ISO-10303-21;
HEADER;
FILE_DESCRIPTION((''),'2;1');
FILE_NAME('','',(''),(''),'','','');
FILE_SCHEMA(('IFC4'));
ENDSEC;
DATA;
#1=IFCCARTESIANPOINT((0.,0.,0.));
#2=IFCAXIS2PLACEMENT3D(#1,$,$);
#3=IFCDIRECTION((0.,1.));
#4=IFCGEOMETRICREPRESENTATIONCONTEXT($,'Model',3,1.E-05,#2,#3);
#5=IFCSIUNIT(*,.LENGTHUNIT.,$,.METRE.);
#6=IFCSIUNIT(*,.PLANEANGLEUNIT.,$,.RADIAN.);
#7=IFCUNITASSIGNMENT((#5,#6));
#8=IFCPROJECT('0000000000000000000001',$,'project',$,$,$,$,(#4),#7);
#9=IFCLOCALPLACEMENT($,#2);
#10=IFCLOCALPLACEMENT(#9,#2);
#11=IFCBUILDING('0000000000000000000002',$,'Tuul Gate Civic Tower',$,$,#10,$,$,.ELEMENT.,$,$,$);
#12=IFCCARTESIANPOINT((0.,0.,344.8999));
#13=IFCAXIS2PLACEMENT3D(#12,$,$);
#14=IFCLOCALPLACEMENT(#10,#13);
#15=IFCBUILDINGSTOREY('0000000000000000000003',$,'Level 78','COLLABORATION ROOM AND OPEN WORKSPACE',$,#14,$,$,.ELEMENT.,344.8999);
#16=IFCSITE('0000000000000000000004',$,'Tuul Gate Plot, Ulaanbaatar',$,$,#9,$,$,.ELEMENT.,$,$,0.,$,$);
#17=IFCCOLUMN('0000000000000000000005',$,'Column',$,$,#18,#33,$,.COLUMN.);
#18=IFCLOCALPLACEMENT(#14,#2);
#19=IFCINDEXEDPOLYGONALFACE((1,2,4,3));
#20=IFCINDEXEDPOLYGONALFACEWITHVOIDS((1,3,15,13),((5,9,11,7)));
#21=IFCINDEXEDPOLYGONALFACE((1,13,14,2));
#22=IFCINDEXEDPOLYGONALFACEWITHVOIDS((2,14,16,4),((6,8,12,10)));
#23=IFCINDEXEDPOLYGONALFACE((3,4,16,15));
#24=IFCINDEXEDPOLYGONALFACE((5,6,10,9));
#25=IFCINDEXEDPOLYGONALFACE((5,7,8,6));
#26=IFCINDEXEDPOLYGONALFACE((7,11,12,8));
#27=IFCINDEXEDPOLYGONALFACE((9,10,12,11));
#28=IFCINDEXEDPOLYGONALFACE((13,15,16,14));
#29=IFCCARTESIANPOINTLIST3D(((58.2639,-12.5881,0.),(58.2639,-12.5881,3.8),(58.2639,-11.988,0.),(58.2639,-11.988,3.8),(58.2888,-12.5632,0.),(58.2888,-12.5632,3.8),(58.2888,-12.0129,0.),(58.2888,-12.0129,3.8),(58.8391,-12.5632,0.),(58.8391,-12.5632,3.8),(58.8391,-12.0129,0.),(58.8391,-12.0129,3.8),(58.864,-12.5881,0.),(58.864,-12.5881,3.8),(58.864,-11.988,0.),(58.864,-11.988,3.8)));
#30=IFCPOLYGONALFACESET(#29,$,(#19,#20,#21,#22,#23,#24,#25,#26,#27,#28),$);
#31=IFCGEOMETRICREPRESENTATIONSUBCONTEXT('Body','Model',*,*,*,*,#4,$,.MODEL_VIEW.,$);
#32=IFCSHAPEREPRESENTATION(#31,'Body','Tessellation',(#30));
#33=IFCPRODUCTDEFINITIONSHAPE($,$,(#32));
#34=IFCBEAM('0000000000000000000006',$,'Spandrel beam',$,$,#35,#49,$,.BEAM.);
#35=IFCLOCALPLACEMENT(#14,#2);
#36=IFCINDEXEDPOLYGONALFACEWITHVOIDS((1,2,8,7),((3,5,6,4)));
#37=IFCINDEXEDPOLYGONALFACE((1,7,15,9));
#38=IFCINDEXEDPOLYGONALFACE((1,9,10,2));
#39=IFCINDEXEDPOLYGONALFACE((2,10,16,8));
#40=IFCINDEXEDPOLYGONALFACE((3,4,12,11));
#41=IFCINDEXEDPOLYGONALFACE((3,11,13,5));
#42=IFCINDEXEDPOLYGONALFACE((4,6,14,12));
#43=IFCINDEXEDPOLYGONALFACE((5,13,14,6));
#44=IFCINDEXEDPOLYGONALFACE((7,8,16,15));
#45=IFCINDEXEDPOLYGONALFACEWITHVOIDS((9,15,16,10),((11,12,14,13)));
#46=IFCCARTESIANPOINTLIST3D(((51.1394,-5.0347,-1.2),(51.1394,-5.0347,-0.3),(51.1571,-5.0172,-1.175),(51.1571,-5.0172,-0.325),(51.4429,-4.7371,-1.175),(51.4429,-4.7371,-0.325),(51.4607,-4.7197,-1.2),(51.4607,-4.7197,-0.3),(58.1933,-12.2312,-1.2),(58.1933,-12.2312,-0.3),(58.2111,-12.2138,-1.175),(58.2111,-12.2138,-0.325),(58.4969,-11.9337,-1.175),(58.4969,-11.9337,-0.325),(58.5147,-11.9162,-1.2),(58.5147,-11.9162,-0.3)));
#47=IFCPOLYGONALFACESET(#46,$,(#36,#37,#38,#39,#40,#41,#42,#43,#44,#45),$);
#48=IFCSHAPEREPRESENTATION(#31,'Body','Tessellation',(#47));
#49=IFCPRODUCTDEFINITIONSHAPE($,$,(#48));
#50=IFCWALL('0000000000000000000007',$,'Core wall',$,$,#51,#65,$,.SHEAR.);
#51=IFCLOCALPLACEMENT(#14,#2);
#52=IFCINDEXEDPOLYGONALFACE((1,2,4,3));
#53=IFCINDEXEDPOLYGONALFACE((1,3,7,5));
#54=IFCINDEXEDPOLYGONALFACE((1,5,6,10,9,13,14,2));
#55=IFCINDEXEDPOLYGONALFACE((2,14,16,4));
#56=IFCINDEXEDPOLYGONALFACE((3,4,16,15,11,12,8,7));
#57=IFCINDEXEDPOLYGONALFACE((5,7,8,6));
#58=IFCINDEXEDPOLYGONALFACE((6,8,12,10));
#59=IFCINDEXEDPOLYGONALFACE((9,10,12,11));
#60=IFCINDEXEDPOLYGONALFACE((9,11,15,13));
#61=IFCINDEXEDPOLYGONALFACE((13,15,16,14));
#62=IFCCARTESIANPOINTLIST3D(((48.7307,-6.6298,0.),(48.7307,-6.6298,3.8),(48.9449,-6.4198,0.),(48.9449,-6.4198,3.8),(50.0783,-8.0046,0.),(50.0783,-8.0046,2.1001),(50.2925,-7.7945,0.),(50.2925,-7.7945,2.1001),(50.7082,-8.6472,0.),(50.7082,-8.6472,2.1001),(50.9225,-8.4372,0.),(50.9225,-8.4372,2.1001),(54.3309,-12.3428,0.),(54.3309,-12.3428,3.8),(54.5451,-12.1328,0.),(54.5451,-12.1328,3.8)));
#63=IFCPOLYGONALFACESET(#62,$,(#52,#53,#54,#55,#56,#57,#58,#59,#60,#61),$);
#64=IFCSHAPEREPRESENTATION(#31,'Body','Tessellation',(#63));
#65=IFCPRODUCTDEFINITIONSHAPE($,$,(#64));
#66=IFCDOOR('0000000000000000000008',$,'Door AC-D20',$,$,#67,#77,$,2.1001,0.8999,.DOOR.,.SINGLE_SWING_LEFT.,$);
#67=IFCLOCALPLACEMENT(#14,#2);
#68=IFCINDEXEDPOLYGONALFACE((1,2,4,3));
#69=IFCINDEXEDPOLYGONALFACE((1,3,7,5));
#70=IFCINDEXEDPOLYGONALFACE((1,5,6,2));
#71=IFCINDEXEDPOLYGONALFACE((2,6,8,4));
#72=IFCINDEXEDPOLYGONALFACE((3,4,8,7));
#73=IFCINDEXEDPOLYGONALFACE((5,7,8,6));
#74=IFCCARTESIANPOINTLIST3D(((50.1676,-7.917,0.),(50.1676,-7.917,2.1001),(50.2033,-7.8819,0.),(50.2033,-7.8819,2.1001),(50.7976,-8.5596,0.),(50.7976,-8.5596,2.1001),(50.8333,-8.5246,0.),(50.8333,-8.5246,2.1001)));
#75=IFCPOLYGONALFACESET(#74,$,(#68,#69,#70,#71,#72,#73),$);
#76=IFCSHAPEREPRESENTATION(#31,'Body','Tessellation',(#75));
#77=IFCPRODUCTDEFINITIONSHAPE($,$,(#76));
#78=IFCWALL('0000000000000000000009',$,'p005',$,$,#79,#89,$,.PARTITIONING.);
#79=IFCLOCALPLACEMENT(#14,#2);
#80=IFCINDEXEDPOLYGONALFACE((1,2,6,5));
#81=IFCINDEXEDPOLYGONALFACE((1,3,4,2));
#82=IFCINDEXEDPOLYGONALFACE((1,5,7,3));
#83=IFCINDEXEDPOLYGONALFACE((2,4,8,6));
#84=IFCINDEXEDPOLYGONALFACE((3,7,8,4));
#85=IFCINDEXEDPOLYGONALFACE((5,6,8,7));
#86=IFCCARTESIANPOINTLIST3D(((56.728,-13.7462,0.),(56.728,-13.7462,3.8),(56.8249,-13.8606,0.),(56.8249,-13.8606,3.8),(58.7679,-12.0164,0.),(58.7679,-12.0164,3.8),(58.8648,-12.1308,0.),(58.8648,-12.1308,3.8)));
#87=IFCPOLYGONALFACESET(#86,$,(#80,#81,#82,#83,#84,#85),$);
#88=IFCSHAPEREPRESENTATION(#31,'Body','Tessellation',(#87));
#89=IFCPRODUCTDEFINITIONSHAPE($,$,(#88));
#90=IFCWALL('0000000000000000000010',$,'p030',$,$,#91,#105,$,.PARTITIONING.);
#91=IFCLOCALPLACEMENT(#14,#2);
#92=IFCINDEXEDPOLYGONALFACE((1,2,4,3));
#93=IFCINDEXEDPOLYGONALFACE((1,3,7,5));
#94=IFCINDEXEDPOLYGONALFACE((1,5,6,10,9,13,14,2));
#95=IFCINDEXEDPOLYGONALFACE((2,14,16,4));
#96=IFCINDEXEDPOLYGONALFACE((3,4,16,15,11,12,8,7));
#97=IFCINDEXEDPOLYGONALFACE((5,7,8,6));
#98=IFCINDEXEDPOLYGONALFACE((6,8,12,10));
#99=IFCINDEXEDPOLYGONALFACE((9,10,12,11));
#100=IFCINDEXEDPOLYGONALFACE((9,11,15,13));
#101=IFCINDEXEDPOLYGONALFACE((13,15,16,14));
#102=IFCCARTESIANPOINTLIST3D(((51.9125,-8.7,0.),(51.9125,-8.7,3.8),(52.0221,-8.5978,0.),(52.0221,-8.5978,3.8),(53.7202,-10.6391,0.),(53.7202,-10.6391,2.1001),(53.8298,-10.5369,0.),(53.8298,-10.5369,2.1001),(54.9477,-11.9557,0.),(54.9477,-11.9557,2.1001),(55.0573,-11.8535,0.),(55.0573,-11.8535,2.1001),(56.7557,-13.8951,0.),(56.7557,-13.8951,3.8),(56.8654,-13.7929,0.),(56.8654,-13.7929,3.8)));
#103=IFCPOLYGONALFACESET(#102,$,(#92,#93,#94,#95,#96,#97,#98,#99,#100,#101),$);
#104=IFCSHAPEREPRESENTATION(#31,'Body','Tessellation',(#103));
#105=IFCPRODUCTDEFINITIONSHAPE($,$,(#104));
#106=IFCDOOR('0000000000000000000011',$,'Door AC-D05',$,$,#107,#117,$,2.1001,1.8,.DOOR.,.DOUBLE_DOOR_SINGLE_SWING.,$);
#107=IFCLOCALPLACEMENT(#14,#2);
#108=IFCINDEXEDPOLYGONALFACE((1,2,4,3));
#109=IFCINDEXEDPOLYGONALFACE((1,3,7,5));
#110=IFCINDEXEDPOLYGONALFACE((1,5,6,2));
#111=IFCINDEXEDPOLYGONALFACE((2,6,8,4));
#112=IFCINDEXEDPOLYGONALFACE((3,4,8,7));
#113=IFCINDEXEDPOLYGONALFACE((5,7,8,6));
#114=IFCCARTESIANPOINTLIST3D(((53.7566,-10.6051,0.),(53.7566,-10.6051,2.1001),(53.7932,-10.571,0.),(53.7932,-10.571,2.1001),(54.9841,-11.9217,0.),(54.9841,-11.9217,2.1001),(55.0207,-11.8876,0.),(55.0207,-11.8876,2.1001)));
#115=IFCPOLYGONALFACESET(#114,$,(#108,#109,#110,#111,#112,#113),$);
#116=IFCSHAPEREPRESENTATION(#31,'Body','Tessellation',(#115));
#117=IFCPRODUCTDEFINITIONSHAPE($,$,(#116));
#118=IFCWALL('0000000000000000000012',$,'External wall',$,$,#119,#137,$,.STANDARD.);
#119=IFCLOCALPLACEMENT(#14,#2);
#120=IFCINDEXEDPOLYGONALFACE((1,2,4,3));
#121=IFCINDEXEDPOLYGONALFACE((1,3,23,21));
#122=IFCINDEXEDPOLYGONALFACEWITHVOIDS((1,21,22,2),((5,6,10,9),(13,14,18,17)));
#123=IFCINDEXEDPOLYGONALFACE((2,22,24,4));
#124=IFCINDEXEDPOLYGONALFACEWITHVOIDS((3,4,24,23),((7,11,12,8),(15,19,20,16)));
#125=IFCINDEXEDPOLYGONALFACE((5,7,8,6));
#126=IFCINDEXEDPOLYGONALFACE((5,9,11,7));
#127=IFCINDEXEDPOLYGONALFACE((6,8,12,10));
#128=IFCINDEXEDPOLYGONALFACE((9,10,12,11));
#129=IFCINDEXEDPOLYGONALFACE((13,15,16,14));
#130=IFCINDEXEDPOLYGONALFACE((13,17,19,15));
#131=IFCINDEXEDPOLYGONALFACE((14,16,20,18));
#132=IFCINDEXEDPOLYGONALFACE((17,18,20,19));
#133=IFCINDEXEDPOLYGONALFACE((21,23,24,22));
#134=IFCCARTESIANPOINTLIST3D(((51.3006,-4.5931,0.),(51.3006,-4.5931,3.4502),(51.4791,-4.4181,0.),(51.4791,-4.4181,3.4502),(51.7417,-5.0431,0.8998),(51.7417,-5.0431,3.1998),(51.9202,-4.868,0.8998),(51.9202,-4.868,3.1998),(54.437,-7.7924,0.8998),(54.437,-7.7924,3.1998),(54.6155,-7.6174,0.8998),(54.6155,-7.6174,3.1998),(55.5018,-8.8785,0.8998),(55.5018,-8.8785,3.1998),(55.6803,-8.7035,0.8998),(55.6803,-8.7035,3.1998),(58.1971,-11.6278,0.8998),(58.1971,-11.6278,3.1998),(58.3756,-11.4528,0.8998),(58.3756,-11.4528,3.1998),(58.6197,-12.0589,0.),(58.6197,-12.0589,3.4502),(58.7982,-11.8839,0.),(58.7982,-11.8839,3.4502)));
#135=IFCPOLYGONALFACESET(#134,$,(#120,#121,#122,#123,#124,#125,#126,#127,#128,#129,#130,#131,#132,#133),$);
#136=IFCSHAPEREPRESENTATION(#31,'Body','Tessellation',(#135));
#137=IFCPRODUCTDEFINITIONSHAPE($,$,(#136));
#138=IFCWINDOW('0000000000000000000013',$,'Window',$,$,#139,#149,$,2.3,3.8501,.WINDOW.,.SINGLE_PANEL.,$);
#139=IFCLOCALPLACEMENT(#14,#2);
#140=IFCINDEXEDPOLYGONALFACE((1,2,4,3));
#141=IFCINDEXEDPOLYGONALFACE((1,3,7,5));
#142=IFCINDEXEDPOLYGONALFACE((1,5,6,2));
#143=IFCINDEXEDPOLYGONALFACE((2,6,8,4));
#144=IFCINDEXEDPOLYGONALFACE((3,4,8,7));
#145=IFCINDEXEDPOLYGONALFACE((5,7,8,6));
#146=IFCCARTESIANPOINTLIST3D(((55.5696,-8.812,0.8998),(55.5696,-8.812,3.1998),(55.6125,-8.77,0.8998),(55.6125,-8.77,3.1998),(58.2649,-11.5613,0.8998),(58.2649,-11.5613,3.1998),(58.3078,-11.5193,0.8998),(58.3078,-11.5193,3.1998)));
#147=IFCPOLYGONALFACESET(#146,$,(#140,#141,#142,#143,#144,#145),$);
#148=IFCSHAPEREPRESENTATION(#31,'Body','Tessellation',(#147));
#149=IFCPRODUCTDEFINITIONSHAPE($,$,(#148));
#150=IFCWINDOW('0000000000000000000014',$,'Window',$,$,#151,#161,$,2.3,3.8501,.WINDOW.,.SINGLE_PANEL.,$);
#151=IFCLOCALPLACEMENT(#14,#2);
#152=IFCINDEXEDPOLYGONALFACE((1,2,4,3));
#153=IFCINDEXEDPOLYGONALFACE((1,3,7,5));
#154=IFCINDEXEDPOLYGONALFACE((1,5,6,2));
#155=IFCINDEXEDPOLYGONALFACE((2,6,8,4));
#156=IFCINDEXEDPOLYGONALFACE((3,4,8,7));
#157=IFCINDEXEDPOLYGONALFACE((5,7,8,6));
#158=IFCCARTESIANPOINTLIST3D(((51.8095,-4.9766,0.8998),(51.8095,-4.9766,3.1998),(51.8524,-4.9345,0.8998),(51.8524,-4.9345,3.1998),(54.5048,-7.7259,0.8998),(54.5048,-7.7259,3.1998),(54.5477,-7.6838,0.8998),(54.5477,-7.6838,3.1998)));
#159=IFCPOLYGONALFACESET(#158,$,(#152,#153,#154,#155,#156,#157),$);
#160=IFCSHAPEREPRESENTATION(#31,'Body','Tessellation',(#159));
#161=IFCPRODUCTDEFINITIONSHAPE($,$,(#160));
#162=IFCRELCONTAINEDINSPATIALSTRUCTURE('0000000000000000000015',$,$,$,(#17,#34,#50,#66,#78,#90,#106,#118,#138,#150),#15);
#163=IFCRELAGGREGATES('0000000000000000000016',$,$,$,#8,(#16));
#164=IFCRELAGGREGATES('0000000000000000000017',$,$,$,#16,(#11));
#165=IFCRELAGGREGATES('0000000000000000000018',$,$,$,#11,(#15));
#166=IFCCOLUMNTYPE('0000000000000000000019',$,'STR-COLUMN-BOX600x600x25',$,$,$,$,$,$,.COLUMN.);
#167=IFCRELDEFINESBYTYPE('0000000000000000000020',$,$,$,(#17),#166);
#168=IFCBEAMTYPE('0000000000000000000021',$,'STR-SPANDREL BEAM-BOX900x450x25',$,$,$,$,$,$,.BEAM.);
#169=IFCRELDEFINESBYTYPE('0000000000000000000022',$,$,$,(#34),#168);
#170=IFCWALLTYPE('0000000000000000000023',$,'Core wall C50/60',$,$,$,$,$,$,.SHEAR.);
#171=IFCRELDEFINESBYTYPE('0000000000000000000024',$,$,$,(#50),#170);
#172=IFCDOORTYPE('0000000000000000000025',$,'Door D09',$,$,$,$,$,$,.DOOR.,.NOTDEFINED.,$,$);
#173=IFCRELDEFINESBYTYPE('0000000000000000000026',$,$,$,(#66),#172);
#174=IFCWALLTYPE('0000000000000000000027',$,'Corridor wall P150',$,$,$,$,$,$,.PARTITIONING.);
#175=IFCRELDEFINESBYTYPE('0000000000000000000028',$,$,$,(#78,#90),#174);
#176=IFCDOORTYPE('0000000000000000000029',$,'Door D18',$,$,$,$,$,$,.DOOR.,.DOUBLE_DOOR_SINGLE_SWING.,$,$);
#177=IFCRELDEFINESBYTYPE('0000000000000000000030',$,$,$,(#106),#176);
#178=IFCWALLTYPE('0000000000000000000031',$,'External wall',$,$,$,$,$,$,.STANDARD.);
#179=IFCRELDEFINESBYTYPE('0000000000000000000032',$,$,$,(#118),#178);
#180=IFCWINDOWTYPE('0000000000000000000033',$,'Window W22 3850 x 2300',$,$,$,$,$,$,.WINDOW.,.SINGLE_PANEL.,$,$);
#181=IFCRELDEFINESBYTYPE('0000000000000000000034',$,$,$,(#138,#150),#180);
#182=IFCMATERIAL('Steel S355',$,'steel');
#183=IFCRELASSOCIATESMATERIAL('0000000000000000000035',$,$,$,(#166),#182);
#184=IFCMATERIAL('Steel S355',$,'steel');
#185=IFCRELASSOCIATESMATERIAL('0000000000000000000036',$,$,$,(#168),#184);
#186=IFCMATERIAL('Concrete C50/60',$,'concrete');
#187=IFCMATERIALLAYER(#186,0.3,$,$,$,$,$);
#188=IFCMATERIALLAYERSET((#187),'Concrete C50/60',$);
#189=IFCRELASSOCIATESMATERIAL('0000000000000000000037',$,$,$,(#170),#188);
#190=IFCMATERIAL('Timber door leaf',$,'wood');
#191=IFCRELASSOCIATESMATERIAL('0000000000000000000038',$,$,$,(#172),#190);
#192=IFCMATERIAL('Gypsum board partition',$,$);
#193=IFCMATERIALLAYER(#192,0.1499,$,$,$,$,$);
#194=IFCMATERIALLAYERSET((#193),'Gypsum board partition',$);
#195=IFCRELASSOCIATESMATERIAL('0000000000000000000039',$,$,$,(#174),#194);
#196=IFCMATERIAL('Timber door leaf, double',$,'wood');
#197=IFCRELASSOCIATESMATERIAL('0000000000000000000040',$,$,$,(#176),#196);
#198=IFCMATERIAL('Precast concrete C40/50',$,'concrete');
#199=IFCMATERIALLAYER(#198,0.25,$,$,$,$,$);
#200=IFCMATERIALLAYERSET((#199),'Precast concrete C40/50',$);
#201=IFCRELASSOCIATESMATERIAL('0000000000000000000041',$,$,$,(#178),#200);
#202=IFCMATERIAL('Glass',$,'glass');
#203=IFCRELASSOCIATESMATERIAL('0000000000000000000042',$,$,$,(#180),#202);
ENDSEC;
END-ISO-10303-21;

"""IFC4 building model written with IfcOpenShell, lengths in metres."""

from ifc_helpers import new_model, si_unit, direction, frame, frame_2d, origin, origin_2d, place, context, subcontext, project, spatial, rectangle, hollow_rectangle, extrude, material, layer, layer_set, material_profile, profile_set, type_object, element, fill, save


model = new_model("IFC4")

# Units and contexts
model_context = context("Model", 3, precision=1e-05, world=origin(), true_north=direction((0.0, 1.0)))
body_context = subcontext(model_context, "Body", "Model", "MODEL_VIEW")
ifc_project = project(units=[si_unit("LENGTHUNIT", "METRE"), si_unit("PLANEANGLEUNIT", "RADIAN")], contexts=[model_context])

# Site, building, storey
site_placement = place(None, origin())
site = spatial("IfcSite", under=ifc_project, at=site_placement, Name="Tuul Gate Plot, Ulaanbaatar", CompositionType="ELEMENT", RefElevation=0.0)
building_placement = place(site_placement, origin())
building = spatial("IfcBuilding", under=site, at=building_placement, Name="Tuul Gate Civic Tower", CompositionType="ELEMENT")
storey_placement = place(building_placement, frame((0.0, 0.0, 344.8999)))
storey = spatial("IfcBuildingStorey", under=building, at=storey_placement, Name="Level 78", Description="COLLABORATION ROOM AND OPEN WORKSPACE", CompositionType="ELEMENT", Elevation=344.8999)

# Column
ifc_material_1 = material(Name="Steel S355", Category="steel")
ifc_material_profile_1 = material_profile(ifc_material_1, hollow_rectangle(XDim=0.6001, YDim=0.6001, WallThickness=0.0249, at=origin_2d()), Name="BOX600x600x25")
ifc_profile_set_1 = profile_set([ifc_material_profile_1], Name="Steel S355")
column_type = type_object("IfcColumnType", Name="STR-COLUMN-BOX600x600x25", PredefinedType="COLUMN", material=ifc_profile_set_1)
column_placement = place(storey_placement, frame((58.564, -12.2881, 0.0), z_axis=(0.0, 0.0, 1.0), x_axis=(1.0, 0.0, 0.0)))
element("IfcColumn", 1, at=column_placement, inside=storey, type_object=column_type, Name="Column", PredefinedType="COLUMN", context=body_context, shape_type="SweptSolid", body=[
    extrude(hollow_rectangle(XDim=0.6001, YDim=0.6001, WallThickness=0.0249, at=origin_2d()), origin(), (0.0, 0.0, 1.0), 3.8),
])

# Beam
ifc_material_2 = material(Name="Steel S355", Category="steel")
ifc_material_profile_2 = material_profile(ifc_material_2, hollow_rectangle(XDim=0.45, YDim=0.8999, WallThickness=0.0249, at=origin_2d()), Name="BOX900x450x25")
ifc_profile_set_2 = profile_set([ifc_material_profile_2], Name="Steel S355")
beam_type = type_object("IfcBeamType", Name="STR-SPANDREL BEAM-BOX900x450x25", PredefinedType="BEAM", material=ifc_profile_set_2)
beam_placement = place(storey_placement, frame((58.354, -12.0737, -0.75), z_axis=(-0.699997, 0.714146, 0.0), x_axis=(-0.714146, -0.699997, 0.0)))
element("IfcBeam", 2, at=beam_placement, inside=storey, type_object=beam_type, Name="Spandrel beam", PredefinedType="BEAM", context=body_context, shape_type="SweptSolid", body=[
    extrude(hollow_rectangle(XDim=0.45, YDim=0.8999, WallThickness=0.0249, at=origin_2d()), origin(), (0.0, 0.0, 1.0), 10.0771),
])

# Wall, opening, door
ifc_material_3 = material(Name="Concrete C50/60", Category="concrete")
ifc_layer_1 = layer(ifc_material_3, 0.3)
ifc_layer_set_1 = layer_set([ifc_layer_1], Name="Concrete C50/60")
wall_type_1 = type_object("IfcWallType", Name="Core wall C50/60", PredefinedType="SHEAR", material=ifc_layer_set_1)
wall_1_placement = place(storey_placement, frame((54.438, -12.2378, 0.0), z_axis=(0.0, 0.0, 1.0), x_axis=(-0.700022, 0.714121, 0.0)))
wall_1 = element("IfcWall", 3, at=wall_1_placement, inside=storey, type_object=wall_type_1, Name="Core wall", PredefinedType="SHEAR", context=body_context, shape_type="SweptSolid", body=[
    extrude(rectangle(XDim=8.0, YDim=0.3, at=frame_2d((4.0, 0.0))), origin(), (0.0, 0.0, 1.0), 3.8),
])
opening_1_placement = place(wall_1_placement, frame((5.175, 0.0, 0.0)))
opening_1 = element("IfcOpeningElement", 4, at=opening_1_placement, cuts=wall_1, PredefinedType="OPENING", context=body_context, shape_type="SweptSolid", body=[
    extrude(rectangle(XDim=0.8999, YDim=2.1001, at=frame_2d((0.45, 1.05))), frame((0.0, 0.1602, 0.0), z_axis=(0.0, -1.0, 0.0), x_axis=(1.0, 0.0, 0.0)), (0.0, 0.0, 1.0), 0.3201),
])
ifc_material_4 = material(Name="Timber door leaf", Category="wood")
door_type_1 = type_object("IfcDoorType", Name="Door D09", OperationType="NOTDEFINED", PredefinedType="DOOR", material=ifc_material_4)
door_1_placement = place(opening_1_placement, origin())
door_1 = element("IfcDoor", 5, at=door_1_placement, inside=storey, type_object=door_type_1, Name="Door AC-D20", OperationType="SINGLE_SWING_LEFT", OverallHeight=2.1001, OverallWidth=0.8999, PredefinedType="DOOR", context=body_context, shape_type="SweptSolid", body=[
    extrude(rectangle(XDim=0.8999, YDim=2.1001, at=frame_2d((0.45, 1.05))), frame((0.0, 0.0249, 0.0), z_axis=(0.0, -1.0, 0.0), x_axis=(1.0, 0.0, 0.0)), (0.0, 0.0, 1.0), 0.05),
])
fill(opening_1, door_1)

# Wall
ifc_material_5 = material(Name="Gypsum board partition")
ifc_layer_2 = layer(ifc_material_5, 0.1499)
ifc_layer_set_2 = layer_set([ifc_layer_2], Name="Gypsum board partition")
wall_type_2 = type_object("IfcWallType", Name="Corridor wall P150", PredefinedType="PARTITIONING", material=ifc_layer_set_2)
wall_2_placement = place(storey_placement, frame((56.7764, -13.8035, 0.0), z_axis=(0.0, 0.0, 1.0), x_axis=(0.762693, 0.64676, 0.0)))
element("IfcWall", 6, at=wall_2_placement, inside=storey, type_object=wall_type_2, Name="p005", PredefinedType="PARTITIONING", context=body_context, shape_type="SweptSolid", body=[
    extrude(rectangle(XDim=2.6746, YDim=0.1499, at=frame_2d((1.3374, 0.0))), origin(), (0.0, 0.0, 1.0), 3.8),
])

# Wall, opening, door
wall_3_placement = place(storey_placement, frame((51.9673, -8.6489, 0.0), z_axis=(0.0, 0.0, 1.0), x_axis=(0.681907, -0.731439, 0.0)))
wall_3 = element("IfcWall", 7, at=wall_3_placement, inside=storey, type_object=wall_type_2, Name="p030", PredefinedType="PARTITIONING", context=body_context, shape_type="SweptSolid", body=[
    extrude(rectangle(XDim=7.1025, YDim=0.1499, at=frame_2d((3.5513, 0.0))), origin(), (0.0, 0.0, 1.0), 3.8),
])
opening_2_placement = place(wall_3_placement, frame((2.6511, 0.0, 0.0)))
opening_2 = element("IfcOpeningElement", 8, at=opening_2_placement, cuts=wall_3, PredefinedType="OPENING", context=body_context, shape_type="SweptSolid", body=[
    extrude(rectangle(XDim=1.8, YDim=2.1001, at=frame_2d((0.8999, 1.05))), frame((0.0, 0.085, 0.0), z_axis=(0.0, -1.0, 0.0), x_axis=(1.0, 0.0, 0.0)), (0.0, 0.0, 1.0), 0.1699),
])
ifc_material_6 = material(Name="Timber door leaf, double", Category="wood")
door_type_2 = type_object("IfcDoorType", Name="Door D18", OperationType="DOUBLE_DOOR_SINGLE_SWING", PredefinedType="DOOR", material=ifc_material_6)
door_2_placement = place(opening_2_placement, origin())
door_2 = element("IfcDoor", 9, at=door_2_placement, inside=storey, type_object=door_type_2, Name="Door AC-D05", OperationType="DOUBLE_DOOR_SINGLE_SWING", OverallHeight=2.1001, OverallWidth=1.8, PredefinedType="DOOR", context=body_context, shape_type="SweptSolid", body=[
    extrude(rectangle(XDim=1.8, YDim=2.1001, at=frame_2d((0.8999, 1.05))), frame((0.0, 0.0249, 0.0), z_axis=(0.0, -1.0, 0.0), x_axis=(1.0, 0.0, 0.0)), (0.0, 0.0, 1.0), 0.05),
])
fill(opening_2, door_2)

# Wall, openings, windows
ifc_material_7 = material(Name="Precast concrete C40/50", Category="concrete")
ifc_layer_3 = layer(ifc_material_7, 0.25)
ifc_layer_set_3 = layer_set([ifc_layer_3], Name="Precast concrete C40/50")
wall_type_3 = type_object("IfcWallType", Name="External wall", PredefinedType="STANDARD", material=ifc_layer_set_3)
wall_4_placement = place(storey_placement, frame((58.709, -11.9714, 0.0), z_axis=(0.0, 0.0, 1.0), x_axis=(-0.700055, 0.714089, 0.0)))
wall_4 = element("IfcWall", 10, at=wall_4_placement, inside=storey, type_object=wall_type_3, Name="External wall", PredefinedType="STANDARD", context=body_context, shape_type="SweptSolid", body=[
    extrude(rectangle(XDim=10.4551, YDim=0.25, at=frame_2d((5.2275, 0.0))), origin(), (0.0, 0.0, 1.0), 3.4502),
])
opening_3_placement = place(wall_4_placement, frame((0.6038, 0.0, 0.8999)))
opening_3 = element("IfcOpeningElement", 11, at=opening_3_placement, cuts=wall_4, PredefinedType="OPENING", context=body_context, shape_type="SweptSolid", body=[
    extrude(rectangle(XDim=3.8501, YDim=2.3, at=frame_2d((1.925, 1.1499))), frame((0.0, 0.135, 0.0), z_axis=(0.0, -1.0, 0.0), x_axis=(1.0, 0.0, 0.0)), (0.0, 0.0, 1.0), 0.27),
])
opening_4_placement = place(wall_4_placement, frame((5.9749, 0.0, 0.8999)))
opening_4 = element("IfcOpeningElement", 12, at=opening_4_placement, cuts=wall_4, PredefinedType="OPENING", context=body_context, shape_type="SweptSolid", body=[
    extrude(rectangle(XDim=3.8501, YDim=2.3, at=frame_2d((1.925, 1.1499))), frame((0.0, 0.135, 0.0), z_axis=(0.0, -1.0, 0.0), x_axis=(1.0, 0.0, 0.0)), (0.0, 0.0, 1.0), 0.27),
])
ifc_material_8 = material(Name="Glass", Category="glass")
window_type = type_object("IfcWindowType", Name="Window W22 3850 x 2300", PartitioningType="SINGLE_PANEL", PredefinedType="WINDOW", material=ifc_material_8)
window_1_placement = place(opening_3_placement, origin())
window_1 = element("IfcWindow", 13, at=window_1_placement, inside=storey, type_object=window_type, Name="Window", OverallHeight=2.3, OverallWidth=3.8501, PartitioningType="SINGLE_PANEL", PredefinedType="WINDOW", context=body_context, shape_type="SweptSolid", body=[
    extrude(rectangle(XDim=3.8501, YDim=2.3, at=frame_2d((1.925, 1.1499))), frame((0.0, 0.03, 0.0), z_axis=(0.0, -1.0, 0.0), x_axis=(1.0, 0.0, 0.0)), (0.0, 0.0, 1.0), 0.0601),
])
fill(opening_3, window_1)
window_2_placement = place(opening_4_placement, origin())
window_2 = element("IfcWindow", 14, at=window_2_placement, inside=storey, type_object=window_type, Name="Window", OverallHeight=2.3, OverallWidth=3.8501, PartitioningType="SINGLE_PANEL", PredefinedType="WINDOW", context=body_context, shape_type="SweptSolid", body=[
    extrude(rectangle(XDim=3.8501, YDim=2.3, at=frame_2d((1.925, 1.1499))), frame((0.0, 0.03, 0.0), z_axis=(0.0, -1.0, 0.0), x_axis=(1.0, 0.0, 0.0)), (0.0, 0.0, 1.0), 0.0601),
])
fill(opening_4, window_2)

save(model, "model.ifc")
